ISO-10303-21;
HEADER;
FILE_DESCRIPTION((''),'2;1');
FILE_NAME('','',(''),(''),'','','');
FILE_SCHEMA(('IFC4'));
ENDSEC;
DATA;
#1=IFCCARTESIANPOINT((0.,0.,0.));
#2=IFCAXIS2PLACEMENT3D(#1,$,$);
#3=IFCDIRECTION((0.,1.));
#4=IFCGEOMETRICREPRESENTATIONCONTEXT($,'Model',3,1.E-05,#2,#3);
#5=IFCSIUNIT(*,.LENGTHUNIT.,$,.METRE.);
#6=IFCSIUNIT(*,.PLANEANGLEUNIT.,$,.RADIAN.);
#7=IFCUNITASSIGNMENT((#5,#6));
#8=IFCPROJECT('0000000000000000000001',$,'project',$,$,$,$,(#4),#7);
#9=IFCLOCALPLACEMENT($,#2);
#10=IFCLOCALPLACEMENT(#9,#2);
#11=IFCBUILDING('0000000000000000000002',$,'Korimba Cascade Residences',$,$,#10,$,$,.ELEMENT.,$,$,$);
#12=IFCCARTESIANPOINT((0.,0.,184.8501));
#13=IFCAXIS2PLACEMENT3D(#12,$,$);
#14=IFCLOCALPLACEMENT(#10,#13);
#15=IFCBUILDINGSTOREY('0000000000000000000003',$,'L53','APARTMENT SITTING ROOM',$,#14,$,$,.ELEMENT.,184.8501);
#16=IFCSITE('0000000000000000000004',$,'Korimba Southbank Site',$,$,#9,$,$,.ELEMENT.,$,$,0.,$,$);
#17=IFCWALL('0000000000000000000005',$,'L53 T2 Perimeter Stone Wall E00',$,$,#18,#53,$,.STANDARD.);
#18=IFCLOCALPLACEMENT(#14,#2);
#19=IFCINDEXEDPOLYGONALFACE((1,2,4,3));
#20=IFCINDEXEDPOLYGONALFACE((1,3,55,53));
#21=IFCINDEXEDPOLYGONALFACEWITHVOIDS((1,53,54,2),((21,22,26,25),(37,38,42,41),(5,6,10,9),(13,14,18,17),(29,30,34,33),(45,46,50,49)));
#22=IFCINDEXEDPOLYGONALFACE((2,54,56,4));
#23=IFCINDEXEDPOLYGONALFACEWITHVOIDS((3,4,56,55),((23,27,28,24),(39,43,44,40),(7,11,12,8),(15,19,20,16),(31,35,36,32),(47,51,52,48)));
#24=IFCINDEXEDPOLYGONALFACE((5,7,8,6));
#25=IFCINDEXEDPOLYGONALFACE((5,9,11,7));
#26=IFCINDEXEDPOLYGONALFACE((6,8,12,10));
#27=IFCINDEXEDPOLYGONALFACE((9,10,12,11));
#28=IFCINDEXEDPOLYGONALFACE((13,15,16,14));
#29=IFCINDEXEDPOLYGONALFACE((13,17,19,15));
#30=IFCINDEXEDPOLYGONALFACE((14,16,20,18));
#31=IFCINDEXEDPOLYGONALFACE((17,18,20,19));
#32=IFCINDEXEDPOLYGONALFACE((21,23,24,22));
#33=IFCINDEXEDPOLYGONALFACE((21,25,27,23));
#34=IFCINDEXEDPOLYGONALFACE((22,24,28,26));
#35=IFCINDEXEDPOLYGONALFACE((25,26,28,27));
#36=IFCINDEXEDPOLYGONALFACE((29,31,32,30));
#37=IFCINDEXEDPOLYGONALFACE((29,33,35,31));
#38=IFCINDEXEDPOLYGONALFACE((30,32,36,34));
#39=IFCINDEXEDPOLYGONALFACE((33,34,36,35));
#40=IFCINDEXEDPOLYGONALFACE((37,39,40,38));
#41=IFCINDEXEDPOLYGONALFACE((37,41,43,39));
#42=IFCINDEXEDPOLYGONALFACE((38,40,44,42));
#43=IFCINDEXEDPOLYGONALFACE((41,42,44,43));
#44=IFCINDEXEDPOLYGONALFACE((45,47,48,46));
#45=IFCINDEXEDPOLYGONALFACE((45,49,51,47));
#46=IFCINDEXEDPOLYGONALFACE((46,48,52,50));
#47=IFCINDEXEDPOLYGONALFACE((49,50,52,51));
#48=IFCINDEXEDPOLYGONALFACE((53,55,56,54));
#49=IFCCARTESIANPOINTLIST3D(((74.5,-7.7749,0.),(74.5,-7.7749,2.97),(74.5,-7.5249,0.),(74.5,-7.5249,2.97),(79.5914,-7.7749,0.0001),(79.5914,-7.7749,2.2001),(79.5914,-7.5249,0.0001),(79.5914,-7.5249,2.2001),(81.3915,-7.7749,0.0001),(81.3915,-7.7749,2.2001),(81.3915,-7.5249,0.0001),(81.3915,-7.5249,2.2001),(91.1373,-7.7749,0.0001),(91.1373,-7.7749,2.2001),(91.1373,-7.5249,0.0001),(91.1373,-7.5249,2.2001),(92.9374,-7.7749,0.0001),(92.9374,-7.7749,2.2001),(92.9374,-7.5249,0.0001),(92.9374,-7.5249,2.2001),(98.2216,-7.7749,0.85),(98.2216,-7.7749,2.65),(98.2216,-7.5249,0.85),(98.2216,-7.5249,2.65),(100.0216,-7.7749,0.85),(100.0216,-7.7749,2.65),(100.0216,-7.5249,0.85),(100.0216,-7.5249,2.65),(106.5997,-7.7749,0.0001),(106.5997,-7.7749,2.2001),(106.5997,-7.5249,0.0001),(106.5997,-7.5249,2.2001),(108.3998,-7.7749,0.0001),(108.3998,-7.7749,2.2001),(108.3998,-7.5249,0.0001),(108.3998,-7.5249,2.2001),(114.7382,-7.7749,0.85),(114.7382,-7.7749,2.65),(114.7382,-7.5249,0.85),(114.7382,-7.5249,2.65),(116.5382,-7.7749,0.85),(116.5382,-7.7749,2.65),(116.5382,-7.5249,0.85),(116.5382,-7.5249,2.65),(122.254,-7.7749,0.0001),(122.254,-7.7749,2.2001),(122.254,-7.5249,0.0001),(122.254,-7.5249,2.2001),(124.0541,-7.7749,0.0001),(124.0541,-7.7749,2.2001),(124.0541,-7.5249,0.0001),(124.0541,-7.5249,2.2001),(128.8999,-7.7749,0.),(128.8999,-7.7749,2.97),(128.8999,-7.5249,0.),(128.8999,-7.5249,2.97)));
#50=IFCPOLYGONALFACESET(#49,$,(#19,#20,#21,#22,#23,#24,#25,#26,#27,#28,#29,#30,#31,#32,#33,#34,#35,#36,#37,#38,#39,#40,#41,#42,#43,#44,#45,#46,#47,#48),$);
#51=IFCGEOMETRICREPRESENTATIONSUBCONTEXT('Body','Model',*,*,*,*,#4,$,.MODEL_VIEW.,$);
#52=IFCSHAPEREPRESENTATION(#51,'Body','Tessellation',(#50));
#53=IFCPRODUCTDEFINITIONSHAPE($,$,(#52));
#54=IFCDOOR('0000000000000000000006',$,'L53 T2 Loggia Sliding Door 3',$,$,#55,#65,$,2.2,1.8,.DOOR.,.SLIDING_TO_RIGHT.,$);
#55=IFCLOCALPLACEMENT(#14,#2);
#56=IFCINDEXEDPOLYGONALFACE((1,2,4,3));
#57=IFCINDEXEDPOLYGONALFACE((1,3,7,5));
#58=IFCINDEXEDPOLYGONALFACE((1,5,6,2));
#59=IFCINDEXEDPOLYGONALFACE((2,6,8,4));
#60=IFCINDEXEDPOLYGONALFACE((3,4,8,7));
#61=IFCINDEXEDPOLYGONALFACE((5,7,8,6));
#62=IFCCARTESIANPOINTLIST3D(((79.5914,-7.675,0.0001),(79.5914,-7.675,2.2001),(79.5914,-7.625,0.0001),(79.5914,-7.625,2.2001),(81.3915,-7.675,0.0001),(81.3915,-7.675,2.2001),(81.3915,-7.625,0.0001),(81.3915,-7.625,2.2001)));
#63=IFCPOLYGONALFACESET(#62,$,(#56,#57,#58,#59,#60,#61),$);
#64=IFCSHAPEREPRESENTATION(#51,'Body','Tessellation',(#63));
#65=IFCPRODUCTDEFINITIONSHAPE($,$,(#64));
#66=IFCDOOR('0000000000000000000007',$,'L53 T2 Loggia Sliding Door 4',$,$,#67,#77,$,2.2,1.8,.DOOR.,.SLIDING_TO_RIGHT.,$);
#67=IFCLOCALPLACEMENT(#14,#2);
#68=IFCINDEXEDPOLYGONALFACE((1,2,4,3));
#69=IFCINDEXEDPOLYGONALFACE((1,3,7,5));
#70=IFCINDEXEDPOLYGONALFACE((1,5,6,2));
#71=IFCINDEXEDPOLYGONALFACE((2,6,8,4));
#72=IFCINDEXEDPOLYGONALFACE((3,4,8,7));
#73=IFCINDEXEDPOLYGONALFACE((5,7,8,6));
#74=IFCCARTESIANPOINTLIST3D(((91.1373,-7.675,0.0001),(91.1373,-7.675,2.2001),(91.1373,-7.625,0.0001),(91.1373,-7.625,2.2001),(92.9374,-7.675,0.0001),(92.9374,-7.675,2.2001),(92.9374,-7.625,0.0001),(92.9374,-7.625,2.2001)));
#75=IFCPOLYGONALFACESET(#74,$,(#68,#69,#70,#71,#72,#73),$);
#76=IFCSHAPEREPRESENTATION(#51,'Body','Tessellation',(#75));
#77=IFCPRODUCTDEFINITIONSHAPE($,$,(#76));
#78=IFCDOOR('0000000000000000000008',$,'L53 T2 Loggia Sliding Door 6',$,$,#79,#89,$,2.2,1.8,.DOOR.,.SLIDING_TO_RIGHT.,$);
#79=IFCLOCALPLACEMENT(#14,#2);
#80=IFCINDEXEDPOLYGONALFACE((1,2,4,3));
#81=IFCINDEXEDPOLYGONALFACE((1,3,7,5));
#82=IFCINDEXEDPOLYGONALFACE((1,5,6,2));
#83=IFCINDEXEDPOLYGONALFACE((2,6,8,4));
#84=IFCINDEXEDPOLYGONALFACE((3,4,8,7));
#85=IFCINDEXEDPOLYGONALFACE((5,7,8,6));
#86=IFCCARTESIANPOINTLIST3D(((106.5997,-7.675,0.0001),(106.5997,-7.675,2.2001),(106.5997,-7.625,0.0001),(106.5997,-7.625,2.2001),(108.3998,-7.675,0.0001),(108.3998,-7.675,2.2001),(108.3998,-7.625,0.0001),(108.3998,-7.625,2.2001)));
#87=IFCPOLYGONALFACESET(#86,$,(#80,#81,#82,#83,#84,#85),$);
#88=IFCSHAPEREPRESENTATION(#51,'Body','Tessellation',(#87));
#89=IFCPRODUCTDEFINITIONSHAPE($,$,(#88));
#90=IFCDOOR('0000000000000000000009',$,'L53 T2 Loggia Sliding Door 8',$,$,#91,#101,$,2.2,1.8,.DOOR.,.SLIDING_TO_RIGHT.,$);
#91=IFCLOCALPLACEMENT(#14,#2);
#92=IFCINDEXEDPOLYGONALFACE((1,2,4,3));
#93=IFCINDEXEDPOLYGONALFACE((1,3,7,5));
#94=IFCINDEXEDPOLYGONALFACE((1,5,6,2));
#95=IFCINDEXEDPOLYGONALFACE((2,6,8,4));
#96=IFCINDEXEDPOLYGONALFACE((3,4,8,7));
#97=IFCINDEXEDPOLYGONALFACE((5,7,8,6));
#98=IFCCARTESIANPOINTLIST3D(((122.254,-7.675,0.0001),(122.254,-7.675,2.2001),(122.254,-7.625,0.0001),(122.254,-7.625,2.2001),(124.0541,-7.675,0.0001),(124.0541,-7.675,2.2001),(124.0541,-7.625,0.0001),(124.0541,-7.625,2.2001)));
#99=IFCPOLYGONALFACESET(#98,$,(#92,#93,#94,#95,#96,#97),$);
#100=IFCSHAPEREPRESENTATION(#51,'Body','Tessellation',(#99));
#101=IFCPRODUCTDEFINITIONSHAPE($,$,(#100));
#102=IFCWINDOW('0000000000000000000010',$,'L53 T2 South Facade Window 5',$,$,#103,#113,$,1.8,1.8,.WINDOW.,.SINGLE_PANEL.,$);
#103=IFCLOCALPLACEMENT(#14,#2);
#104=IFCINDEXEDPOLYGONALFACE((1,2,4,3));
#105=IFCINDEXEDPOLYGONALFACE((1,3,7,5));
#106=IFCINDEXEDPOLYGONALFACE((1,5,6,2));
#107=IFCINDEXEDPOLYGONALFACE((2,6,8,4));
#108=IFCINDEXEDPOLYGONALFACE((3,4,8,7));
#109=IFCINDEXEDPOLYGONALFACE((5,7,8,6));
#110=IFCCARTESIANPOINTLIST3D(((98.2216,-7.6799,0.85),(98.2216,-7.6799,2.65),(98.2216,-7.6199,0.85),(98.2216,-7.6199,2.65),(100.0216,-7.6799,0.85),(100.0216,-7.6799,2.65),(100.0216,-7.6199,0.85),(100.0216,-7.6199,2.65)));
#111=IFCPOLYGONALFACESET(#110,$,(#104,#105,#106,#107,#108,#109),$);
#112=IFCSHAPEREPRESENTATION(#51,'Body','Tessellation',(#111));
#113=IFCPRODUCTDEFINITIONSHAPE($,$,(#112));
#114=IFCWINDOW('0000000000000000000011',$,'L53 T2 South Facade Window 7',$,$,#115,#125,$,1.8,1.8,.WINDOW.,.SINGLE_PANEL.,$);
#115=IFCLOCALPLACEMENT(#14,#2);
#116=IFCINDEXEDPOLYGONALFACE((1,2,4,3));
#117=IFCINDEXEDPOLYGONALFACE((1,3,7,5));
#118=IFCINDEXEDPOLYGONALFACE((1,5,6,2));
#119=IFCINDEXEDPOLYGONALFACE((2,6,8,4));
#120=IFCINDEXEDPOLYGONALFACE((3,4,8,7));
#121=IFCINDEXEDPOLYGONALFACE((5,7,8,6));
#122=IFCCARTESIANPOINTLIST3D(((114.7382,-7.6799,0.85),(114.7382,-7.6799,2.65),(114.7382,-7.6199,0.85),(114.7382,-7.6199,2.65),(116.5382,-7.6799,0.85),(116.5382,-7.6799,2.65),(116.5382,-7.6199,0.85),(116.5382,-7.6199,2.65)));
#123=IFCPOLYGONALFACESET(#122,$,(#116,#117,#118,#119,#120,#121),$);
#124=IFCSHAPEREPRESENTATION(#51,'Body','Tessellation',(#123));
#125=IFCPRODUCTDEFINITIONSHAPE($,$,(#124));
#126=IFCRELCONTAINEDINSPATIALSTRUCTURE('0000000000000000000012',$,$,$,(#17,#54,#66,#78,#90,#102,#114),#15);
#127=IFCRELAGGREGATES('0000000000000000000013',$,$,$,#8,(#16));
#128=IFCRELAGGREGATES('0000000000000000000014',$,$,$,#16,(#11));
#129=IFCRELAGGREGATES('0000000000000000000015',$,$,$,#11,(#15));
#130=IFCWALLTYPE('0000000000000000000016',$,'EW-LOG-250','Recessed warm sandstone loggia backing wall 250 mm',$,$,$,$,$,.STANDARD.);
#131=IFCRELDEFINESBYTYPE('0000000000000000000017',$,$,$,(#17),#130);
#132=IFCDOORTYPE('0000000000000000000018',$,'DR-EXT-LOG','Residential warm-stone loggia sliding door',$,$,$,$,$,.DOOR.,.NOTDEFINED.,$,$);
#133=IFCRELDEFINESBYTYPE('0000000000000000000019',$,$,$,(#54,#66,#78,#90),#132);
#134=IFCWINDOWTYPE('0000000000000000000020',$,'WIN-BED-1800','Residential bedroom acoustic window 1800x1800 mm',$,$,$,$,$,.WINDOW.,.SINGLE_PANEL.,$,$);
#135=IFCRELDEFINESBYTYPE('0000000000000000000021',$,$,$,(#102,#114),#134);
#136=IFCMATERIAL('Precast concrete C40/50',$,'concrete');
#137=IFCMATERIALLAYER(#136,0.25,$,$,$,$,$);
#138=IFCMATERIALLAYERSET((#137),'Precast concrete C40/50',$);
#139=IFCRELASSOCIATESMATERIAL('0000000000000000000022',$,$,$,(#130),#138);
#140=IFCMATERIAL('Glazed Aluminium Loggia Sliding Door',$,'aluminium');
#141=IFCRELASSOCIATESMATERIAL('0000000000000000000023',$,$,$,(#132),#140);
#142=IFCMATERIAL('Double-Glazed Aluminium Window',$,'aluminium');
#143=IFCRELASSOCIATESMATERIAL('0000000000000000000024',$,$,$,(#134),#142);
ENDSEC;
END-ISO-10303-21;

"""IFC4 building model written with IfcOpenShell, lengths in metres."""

from ifc_helpers import new_model, si_unit, direction, frame, frame_2d, origin, place, context, subcontext, project, spatial, rectangle, extrude, material, layer, layer_set, type_object, element, fill, save


model = new_model("IFC4")

# Units and contexts
model_context = context("Model", 3, precision=1e-05, world=origin(), true_north=direction((0.0, 1.0)))
body_context = subcontext(model_context, "Body", "Model", "MODEL_VIEW")
ifc_project = project(units=[si_unit("LENGTHUNIT", "METRE"), si_unit("PLANEANGLEUNIT", "RADIAN")], contexts=[model_context])

# Site, building, storey
site_placement = place(None, origin())
site = spatial("IfcSite", under=ifc_project, at=site_placement, Name="Korimba Southbank Site", CompositionType="ELEMENT", RefElevation=0.0)
building_placement = place(site_placement, origin())
building = spatial("IfcBuilding", under=site, at=building_placement, Name="Korimba Cascade Residences", CompositionType="ELEMENT")
storey_placement = place(building_placement, frame((0.0, 0.0, 184.8501)))
storey = spatial("IfcBuildingStorey", under=building, at=storey_placement, Name="L53", Description="APARTMENT SITTING ROOM", CompositionType="ELEMENT", Elevation=184.8501)

# Wall, openings, doors, windows
ifc_material_1 = material(Name="Precast concrete C40/50", Category="concrete")
ifc_layer_1 = layer(ifc_material_1, 0.25)
ifc_layer_set_1 = layer_set([ifc_layer_1], Name="Precast concrete C40/50")
wall_type_1 = type_object("IfcWallType", Name="EW-LOG-250", Description="Recessed warm sandstone loggia backing wall 250 mm", PredefinedType="STANDARD", material=ifc_layer_set_1)
wall_1_placement = place(storey_placement, frame((74.5, -7.6499, 0.0), z_axis=(0.0, 0.0, 1.0), x_axis=(1.0, 0.0, 0.0)))
wall_1 = element("IfcWall", 1, at=wall_1_placement, inside=storey, type_object=wall_type_1, Name="L53 T2 Perimeter Stone Wall E00", PredefinedType="STANDARD", context=body_context, shape_type="SweptSolid", body=[
    extrude(rectangle(XDim=54.3999, YDim=0.25, at=frame_2d((27.2, 0.0))), origin(), (0.0, 0.0, 1.0), 2.97),
])
opening_1_placement = place(wall_1_placement, frame((5.0916, 0.0, 0.0)))
opening_1 = element("IfcOpeningElement", 2, at=opening_1_placement, cuts=wall_1, PredefinedType="OPENING", context=body_context, shape_type="SweptSolid", body=[
    extrude(rectangle(XDim=1.8, YDim=2.2, at=frame_2d((0.8999, 1.1001))), frame((0.0, 0.135, 0.0), z_axis=(0.0, -1.0, 0.0), x_axis=(1.0, 0.0, 0.0)), (0.0, 0.0, 1.0), 0.27),
])
opening_2_placement = place(wall_1_placement, frame((16.6375, 0.0, 0.0)))
opening_2 = element("IfcOpeningElement", 3, at=opening_2_placement, cuts=wall_1, PredefinedType="OPENING", context=body_context, shape_type="SweptSolid", body=[
    extrude(rectangle(XDim=1.8, YDim=2.2, at=frame_2d((0.8999, 1.1001))), frame((0.0, 0.135, 0.0), z_axis=(0.0, -1.0, 0.0), x_axis=(1.0, 0.0, 0.0)), (0.0, 0.0, 1.0), 0.27),
])
opening_3_placement = place(wall_1_placement, frame((23.7217, 0.0, 0.8501)))
opening_3 = element("IfcOpeningElement", 4, at=opening_3_placement, cuts=wall_1, PredefinedType="OPENING", context=body_context, shape_type="SweptSolid", body=[
    extrude(rectangle(XDim=1.8, YDim=1.8, at=frame_2d((0.8999, 0.8999))), frame((0.0, 0.135, 0.0), z_axis=(0.0, -1.0, 0.0), x_axis=(1.0, 0.0, 0.0)), (0.0, 0.0, 1.0), 0.27),
])
opening_4_placement = place(wall_1_placement, frame((32.0999, 0.0, 0.0)))
opening_4 = element("IfcOpeningElement", 5, at=opening_4_placement, cuts=wall_1, PredefinedType="OPENING", context=body_context, shape_type="SweptSolid", body=[
    extrude(rectangle(XDim=1.8, YDim=2.2, at=frame_2d((0.8999, 1.1001))), frame((0.0, 0.135, 0.0), z_axis=(0.0, -1.0, 0.0), x_axis=(1.0, 0.0, 0.0)), (0.0, 0.0, 1.0), 0.27),
])
opening_5_placement = place(wall_1_placement, frame((40.2383, 0.0, 0.8501)))
opening_5 = element("IfcOpeningElement", 6, at=opening_5_placement, cuts=wall_1, PredefinedType="OPENING", context=body_context, shape_type="SweptSolid", body=[
    extrude(rectangle(XDim=1.8, YDim=1.8, at=frame_2d((0.8999, 0.8999))), frame((0.0, 0.135, 0.0), z_axis=(0.0, -1.0, 0.0), x_axis=(1.0, 0.0, 0.0)), (0.0, 0.0, 1.0), 0.27),
])
opening_6_placement = place(wall_1_placement, frame((47.7542, 0.0, 0.0)))
opening_6 = element("IfcOpeningElement", 7, at=opening_6_placement, cuts=wall_1, PredefinedType="OPENING", context=body_context, shape_type="SweptSolid", body=[
    extrude(rectangle(XDim=1.8, YDim=2.2, at=frame_2d((0.8999, 1.1001))), frame((0.0, 0.135, 0.0), z_axis=(0.0, -1.0, 0.0), x_axis=(1.0, 0.0, 0.0)), (0.0, 0.0, 1.0), 0.27),
])
ifc_material_2 = material(Name="Glazed Aluminium Loggia Sliding Door", Category="aluminium")
door_type_1 = type_object("IfcDoorType", Name="DR-EXT-LOG", Description="Residential warm-stone loggia sliding door", OperationType="NOTDEFINED", PredefinedType="DOOR", material=ifc_material_2)
door_1_placement = place(opening_1_placement, origin())
door_1 = element("IfcDoor", 8, at=door_1_placement, inside=storey, type_object=door_type_1, Name="L53 T2 Loggia Sliding Door 3", OperationType="SLIDING_TO_RIGHT", OverallHeight=2.2, OverallWidth=1.8, PredefinedType="DOOR", context=body_context, shape_type="SweptSolid", body=[
    extrude(rectangle(XDim=1.8, YDim=2.2, at=frame_2d((0.8999, 1.1001))), frame((0.0, 0.0249, 0.0), z_axis=(0.0, -1.0, 0.0), x_axis=(1.0, 0.0, 0.0)), (0.0, 0.0, 1.0), 0.05),
])
fill(opening_1, door_1)
door_2_placement = place(opening_2_placement, origin())
door_2 = element("IfcDoor", 9, at=door_2_placement, inside=storey, type_object=door_type_1, Name="L53 T2 Loggia Sliding Door 4", OperationType="SLIDING_TO_RIGHT", OverallHeight=2.2, OverallWidth=1.8, PredefinedType="DOOR", context=body_context, shape_type="SweptSolid", body=[
    extrude(rectangle(XDim=1.8, YDim=2.2, at=frame_2d((0.8999, 1.1001))), frame((0.0, 0.0249, 0.0), z_axis=(0.0, -1.0, 0.0), x_axis=(1.0, 0.0, 0.0)), (0.0, 0.0, 1.0), 0.05),
])
fill(opening_2, door_2)
door_3_placement = place(opening_4_placement, origin())
door_3 = element("IfcDoor", 10, at=door_3_placement, inside=storey, type_object=door_type_1, Name="L53 T2 Loggia Sliding Door 6", OperationType="SLIDING_TO_RIGHT", OverallHeight=2.2, OverallWidth=1.8, PredefinedType="DOOR", context=body_context, shape_type="SweptSolid", body=[
    extrude(rectangle(XDim=1.8, YDim=2.2, at=frame_2d((0.8999, 1.1001))), frame((0.0, 0.0249, 0.0), z_axis=(0.0, -1.0, 0.0), x_axis=(1.0, 0.0, 0.0)), (0.0, 0.0, 1.0), 0.05),
])
fill(opening_4, door_3)
door_4_placement = place(opening_6_placement, origin())
door_4 = element("IfcDoor", 11, at=door_4_placement, inside=storey, type_object=door_type_1, Name="L53 T2 Loggia Sliding Door 8", OperationType="SLIDING_TO_RIGHT", OverallHeight=2.2, OverallWidth=1.8, PredefinedType="DOOR", context=body_context, shape_type="SweptSolid", body=[
    extrude(rectangle(XDim=1.8, YDim=2.2, at=frame_2d((0.8999, 1.1001))), frame((0.0, 0.0249, 0.0), z_axis=(0.0, -1.0, 0.0), x_axis=(1.0, 0.0, 0.0)), (0.0, 0.0, 1.0), 0.05),
])
fill(opening_6, door_4)
ifc_material_3 = material(Name="Double-Glazed Aluminium Window", Category="aluminium")
window_type_1 = type_object("IfcWindowType", Name="WIN-BED-1800", Description="Residential bedroom acoustic window 1800x1800 mm", PartitioningType="SINGLE_PANEL", PredefinedType="WINDOW", material=ifc_material_3)
window_1_placement = place(opening_3_placement, origin())
window_1 = element("IfcWindow", 12, at=window_1_placement, inside=storey, type_object=window_type_1, Name="L53 T2 South Facade Window 5", OverallHeight=1.8, OverallWidth=1.8, PartitioningType="SINGLE_PANEL", PredefinedType="WINDOW", context=body_context, shape_type="SweptSolid", body=[
    extrude(rectangle(XDim=1.8, YDim=1.8, at=frame_2d((0.8999, 0.8999))), frame((0.0, 0.03, 0.0), z_axis=(0.0, -1.0, 0.0), x_axis=(1.0, 0.0, 0.0)), (0.0, 0.0, 1.0), 0.0601),
])
fill(opening_3, window_1)
window_2_placement = place(opening_5_placement, origin())
window_2 = element("IfcWindow", 13, at=window_2_placement, inside=storey, type_object=window_type_1, Name="L53 T2 South Facade Window 7", OverallHeight=1.8, OverallWidth=1.8, PartitioningType="SINGLE_PANEL", PredefinedType="WINDOW", context=body_context, shape_type="SweptSolid", body=[
    extrude(rectangle(XDim=1.8, YDim=1.8, at=frame_2d((0.8999, 0.8999))), frame((0.0, 0.03, 0.0), z_axis=(0.0, -1.0, 0.0), x_axis=(1.0, 0.0, 0.0)), (0.0, 0.0, 1.0), 0.0601),
])
fill(opening_5, window_2)

save(model, "model.ifc")
